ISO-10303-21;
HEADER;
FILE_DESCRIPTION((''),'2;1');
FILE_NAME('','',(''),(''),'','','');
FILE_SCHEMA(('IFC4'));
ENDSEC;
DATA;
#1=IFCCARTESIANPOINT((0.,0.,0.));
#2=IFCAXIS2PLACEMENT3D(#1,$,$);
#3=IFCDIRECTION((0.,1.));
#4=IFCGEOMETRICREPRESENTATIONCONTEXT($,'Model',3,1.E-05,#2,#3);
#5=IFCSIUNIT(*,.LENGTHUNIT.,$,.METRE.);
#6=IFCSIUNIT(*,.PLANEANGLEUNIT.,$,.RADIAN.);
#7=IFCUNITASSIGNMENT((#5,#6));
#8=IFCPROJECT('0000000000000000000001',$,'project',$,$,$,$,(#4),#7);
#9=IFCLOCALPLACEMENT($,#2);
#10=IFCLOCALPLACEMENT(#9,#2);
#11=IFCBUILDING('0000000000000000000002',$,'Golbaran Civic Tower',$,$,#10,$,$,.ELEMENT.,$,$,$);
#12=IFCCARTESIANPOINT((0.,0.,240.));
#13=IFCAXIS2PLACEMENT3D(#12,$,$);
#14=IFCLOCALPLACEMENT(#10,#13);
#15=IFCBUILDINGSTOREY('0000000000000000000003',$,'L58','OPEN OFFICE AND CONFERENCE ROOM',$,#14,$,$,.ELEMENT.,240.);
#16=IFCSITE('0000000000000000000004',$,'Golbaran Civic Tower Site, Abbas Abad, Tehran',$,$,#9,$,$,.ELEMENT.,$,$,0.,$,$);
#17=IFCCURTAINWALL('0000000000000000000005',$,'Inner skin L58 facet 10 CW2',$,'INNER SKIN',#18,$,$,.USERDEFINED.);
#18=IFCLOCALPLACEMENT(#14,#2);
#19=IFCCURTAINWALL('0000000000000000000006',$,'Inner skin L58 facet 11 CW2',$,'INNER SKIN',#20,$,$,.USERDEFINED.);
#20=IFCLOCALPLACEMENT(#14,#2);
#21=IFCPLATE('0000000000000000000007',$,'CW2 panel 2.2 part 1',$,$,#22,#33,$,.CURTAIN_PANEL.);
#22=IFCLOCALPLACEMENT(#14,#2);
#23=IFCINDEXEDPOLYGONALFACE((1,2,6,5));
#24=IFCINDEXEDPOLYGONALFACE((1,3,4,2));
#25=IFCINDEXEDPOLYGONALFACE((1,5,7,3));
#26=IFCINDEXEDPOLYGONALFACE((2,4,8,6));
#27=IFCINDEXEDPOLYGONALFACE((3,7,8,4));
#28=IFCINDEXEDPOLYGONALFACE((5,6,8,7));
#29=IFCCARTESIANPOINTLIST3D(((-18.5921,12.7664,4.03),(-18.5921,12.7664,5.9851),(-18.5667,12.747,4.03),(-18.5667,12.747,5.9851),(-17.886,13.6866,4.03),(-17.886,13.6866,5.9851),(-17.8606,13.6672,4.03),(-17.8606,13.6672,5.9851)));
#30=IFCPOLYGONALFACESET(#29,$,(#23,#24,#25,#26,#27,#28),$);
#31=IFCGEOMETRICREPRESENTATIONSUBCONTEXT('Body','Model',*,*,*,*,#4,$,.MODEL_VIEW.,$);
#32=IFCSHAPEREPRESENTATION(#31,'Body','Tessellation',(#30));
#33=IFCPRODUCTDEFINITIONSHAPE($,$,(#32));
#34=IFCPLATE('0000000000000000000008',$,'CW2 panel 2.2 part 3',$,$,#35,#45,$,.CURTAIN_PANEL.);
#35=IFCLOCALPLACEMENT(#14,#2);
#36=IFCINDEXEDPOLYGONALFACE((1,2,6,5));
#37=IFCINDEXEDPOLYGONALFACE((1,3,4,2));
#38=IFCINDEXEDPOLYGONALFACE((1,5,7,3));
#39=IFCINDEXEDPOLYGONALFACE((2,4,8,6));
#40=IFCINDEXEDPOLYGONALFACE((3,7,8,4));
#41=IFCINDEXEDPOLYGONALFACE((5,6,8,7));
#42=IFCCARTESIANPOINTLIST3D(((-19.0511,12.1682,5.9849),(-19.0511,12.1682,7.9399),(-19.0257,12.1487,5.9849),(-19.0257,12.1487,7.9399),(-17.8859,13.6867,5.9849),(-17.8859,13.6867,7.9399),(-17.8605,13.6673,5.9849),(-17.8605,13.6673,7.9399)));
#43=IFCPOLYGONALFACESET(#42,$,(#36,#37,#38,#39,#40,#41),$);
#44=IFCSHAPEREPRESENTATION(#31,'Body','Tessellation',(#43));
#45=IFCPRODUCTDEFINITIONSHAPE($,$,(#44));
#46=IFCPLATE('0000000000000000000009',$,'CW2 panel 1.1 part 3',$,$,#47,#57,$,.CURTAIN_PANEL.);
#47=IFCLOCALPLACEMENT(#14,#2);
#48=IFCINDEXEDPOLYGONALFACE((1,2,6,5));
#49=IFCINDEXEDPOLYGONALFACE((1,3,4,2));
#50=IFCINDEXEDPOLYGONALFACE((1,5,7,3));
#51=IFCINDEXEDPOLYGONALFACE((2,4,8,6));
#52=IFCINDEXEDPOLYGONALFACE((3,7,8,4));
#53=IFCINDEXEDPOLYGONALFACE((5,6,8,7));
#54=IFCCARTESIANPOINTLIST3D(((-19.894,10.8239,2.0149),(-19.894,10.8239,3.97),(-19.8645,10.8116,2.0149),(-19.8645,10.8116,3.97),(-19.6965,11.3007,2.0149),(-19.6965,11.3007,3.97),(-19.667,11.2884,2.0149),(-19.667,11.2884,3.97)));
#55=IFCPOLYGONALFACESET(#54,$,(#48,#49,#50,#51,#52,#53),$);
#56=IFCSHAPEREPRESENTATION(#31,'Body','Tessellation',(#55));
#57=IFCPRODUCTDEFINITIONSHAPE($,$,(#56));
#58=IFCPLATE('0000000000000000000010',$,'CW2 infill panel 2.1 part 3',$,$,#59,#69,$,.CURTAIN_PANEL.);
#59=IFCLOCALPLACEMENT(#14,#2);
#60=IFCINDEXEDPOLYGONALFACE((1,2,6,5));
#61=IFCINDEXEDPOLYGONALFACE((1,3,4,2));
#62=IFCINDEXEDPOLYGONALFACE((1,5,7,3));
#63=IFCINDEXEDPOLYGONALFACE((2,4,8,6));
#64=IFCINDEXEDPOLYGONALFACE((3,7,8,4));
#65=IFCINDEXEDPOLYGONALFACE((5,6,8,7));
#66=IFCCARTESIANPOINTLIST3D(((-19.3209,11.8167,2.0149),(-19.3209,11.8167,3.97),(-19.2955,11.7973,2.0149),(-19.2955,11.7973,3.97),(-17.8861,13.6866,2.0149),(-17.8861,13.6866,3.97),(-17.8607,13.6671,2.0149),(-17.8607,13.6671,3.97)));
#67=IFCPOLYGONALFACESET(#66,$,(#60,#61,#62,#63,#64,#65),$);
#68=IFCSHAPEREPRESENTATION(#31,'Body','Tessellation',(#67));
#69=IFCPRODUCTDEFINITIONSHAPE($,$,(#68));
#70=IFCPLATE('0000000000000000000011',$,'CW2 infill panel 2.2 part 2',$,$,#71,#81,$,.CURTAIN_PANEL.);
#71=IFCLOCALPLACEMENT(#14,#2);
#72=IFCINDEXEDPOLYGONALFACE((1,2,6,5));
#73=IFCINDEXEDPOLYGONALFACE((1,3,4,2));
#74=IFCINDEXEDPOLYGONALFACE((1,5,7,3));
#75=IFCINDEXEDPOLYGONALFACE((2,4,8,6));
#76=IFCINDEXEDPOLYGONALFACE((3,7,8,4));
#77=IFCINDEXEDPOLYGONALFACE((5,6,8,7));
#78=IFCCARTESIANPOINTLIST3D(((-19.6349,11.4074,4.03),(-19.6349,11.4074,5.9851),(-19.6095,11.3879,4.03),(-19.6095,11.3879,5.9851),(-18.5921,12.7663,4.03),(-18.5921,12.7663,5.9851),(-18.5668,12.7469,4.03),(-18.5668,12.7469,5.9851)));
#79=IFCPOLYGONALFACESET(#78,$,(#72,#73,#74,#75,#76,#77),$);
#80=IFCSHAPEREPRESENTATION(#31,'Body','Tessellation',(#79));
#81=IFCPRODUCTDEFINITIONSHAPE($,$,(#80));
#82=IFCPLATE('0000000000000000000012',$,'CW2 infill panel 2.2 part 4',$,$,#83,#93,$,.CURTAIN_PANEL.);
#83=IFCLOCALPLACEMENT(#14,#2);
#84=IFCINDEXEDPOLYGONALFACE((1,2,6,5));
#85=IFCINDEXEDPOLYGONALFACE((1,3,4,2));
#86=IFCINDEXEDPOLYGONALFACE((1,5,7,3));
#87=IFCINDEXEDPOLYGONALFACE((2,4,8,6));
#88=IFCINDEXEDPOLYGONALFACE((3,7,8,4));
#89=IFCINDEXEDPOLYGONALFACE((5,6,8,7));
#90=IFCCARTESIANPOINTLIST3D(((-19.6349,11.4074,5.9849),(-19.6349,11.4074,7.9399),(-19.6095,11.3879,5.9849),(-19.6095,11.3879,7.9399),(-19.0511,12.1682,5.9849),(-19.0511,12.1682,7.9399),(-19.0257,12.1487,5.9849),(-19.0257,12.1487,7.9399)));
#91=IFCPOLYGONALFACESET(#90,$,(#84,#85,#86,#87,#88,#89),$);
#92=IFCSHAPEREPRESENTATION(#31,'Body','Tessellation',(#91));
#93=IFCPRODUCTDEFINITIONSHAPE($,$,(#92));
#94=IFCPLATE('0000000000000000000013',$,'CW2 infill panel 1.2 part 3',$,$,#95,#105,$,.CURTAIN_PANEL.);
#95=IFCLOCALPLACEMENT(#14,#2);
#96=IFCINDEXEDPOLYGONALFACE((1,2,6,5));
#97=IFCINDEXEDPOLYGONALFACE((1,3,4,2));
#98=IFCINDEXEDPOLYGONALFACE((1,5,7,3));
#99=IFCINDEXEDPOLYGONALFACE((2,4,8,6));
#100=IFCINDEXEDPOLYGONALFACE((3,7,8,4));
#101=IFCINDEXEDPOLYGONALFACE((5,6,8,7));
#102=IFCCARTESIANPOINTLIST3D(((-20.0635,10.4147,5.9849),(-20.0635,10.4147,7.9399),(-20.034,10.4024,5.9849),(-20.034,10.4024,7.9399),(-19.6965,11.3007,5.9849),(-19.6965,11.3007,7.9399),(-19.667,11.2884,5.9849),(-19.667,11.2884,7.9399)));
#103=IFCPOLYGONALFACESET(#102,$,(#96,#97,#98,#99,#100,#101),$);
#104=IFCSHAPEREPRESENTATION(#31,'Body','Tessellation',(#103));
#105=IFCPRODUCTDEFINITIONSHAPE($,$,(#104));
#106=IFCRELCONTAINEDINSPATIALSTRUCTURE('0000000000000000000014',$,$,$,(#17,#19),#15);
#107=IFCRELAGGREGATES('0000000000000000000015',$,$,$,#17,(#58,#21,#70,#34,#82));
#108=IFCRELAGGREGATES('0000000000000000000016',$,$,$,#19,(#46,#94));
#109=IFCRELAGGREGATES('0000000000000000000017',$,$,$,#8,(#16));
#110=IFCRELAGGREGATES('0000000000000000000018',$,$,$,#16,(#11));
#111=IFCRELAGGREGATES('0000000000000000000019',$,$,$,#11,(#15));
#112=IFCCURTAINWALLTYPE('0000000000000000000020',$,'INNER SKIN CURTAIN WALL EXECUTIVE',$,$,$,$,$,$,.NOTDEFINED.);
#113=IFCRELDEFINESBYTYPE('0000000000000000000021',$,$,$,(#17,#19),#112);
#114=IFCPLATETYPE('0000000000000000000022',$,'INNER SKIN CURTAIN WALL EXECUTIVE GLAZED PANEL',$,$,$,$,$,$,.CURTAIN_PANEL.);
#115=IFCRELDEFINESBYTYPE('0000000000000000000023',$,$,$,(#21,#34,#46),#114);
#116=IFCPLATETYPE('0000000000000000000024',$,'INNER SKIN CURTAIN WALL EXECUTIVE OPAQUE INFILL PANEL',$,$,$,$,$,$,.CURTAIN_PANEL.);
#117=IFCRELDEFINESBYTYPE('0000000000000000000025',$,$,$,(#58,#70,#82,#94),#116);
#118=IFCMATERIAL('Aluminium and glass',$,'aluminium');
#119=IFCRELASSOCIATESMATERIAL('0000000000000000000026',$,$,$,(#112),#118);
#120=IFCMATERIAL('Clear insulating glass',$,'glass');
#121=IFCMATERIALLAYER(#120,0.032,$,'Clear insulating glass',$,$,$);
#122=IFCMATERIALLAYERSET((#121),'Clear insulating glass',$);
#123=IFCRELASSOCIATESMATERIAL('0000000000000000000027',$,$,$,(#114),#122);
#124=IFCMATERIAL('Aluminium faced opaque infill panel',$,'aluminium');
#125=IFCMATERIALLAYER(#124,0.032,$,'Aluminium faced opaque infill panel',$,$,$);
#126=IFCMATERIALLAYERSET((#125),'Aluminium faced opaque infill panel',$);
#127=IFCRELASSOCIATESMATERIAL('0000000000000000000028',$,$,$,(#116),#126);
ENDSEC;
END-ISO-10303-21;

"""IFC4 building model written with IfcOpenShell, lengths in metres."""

from ifc_helpers import new_model, si_unit, direction, frame, origin, origin_2d, place, context, subcontext, project, spatial, rectangle, extrude, material, layer, layer_set, type_object, element, aggregate, save


model = new_model("IFC4")

# Units and contexts
model_context = context("Model", 3, precision=1e-05, world=origin(), true_north=direction((0.0, 1.0)))
body_context = subcontext(model_context, "Body", "Model", "MODEL_VIEW")
ifc_project = project(units=[si_unit("LENGTHUNIT", "METRE"), si_unit("PLANEANGLEUNIT", "RADIAN")], contexts=[model_context])

# Site, building, storey
site_placement = place(None, origin())
site = spatial("IfcSite", under=ifc_project, at=site_placement, Name="Golbaran Civic Tower Site, Abbas Abad, Tehran", CompositionType="ELEMENT", RefElevation=0.0)
building_placement = place(site_placement, origin())
building = spatial("IfcBuilding", under=site, at=building_placement, Name="Golbaran Civic Tower", CompositionType="ELEMENT")
storey_placement = place(building_placement, frame((0.0, 0.0, 240.0)))
storey = spatial("IfcBuildingStorey", under=building, at=storey_placement, Name="L58", Description="OPEN OFFICE AND CONFERENCE ROOM", CompositionType="ELEMENT", Elevation=240.0)

# Curtain walls
ifc_material_1 = material(Name="Aluminium and glass", Category="aluminium")
curtain_wall_type = type_object("IfcCurtainWallType", Name="INNER SKIN CURTAIN WALL EXECUTIVE", PredefinedType="NOTDEFINED", material=ifc_material_1)
curtain_wall_1_placement = place(storey_placement, origin())
curtain_wall_1 = element("IfcCurtainWall", 1, at=curtain_wall_1_placement, inside=storey, type_object=curtain_wall_type, Name="Inner skin L58 facet 10 CW2", ObjectType="INNER SKIN", PredefinedType="USERDEFINED")
curtain_wall_2_placement = place(storey_placement, origin())
curtain_wall_2 = element("IfcCurtainWall", 2, at=curtain_wall_2_placement, inside=storey, type_object=curtain_wall_type, Name="Inner skin L58 facet 11 CW2", ObjectType="INNER SKIN", PredefinedType="USERDEFINED")

# Plates
ifc_material_2 = material(Name="Clear insulating glass", Category="glass")
ifc_layer_1 = layer(ifc_material_2, 0.032, Name="Clear insulating glass")
ifc_layer_set_1 = layer_set([ifc_layer_1], Name="Clear insulating glass")
plate_type_1 = type_object("IfcPlateType", Name="INNER SKIN CURTAIN WALL EXECUTIVE GLAZED PANEL", PredefinedType="CURTAIN_PANEL", material=ifc_layer_set_1)
plate_1_placement = place(storey_placement, frame((-18.2263, 13.2168, 4.03), z_axis=(0.0, 0.0, 1.0), x_axis=(-0.608761, -0.793353, 0.0)))
plate_1 = element("IfcPlate", 3, at=plate_1_placement, type_object=plate_type_1, Name="CW2 panel 2.2 part 1", PredefinedType="CURTAIN_PANEL", context=body_context, shape_type="SweptSolid", body=[
    extrude(rectangle(XDim=1.1599, YDim=0.032, at=origin_2d()), origin(), (0.0, 0.0, 1.0), 1.9551),
])
plate_2_placement = place(storey_placement, frame((-18.4558, 12.9177, 5.9849), z_axis=(0.0, 0.0, 1.0), x_axis=(-0.608761, -0.793353, 0.0)))
plate_2 = element("IfcPlate", 4, at=plate_2_placement, type_object=plate_type_1, Name="CW2 panel 2.2 part 3", PredefinedType="CURTAIN_PANEL", context=body_context, shape_type="SweptSolid", body=[
    extrude(rectangle(XDim=1.9141, YDim=0.032, at=origin_2d()), origin(), (0.0, 0.0, 1.0), 1.9551),
])
plate_3_placement = place(storey_placement, frame((-19.7805, 11.0562, 2.0149), z_axis=(0.0, 0.0, 1.0), x_axis=(-0.382683, -0.92388, 0.0)))
plate_3 = element("IfcPlate", 5, at=plate_3_placement, type_object=plate_type_1, Name="CW2 panel 1.1 part 3", PredefinedType="CURTAIN_PANEL", context=body_context, shape_type="SweptSolid", body=[
    extrude(rectangle(XDim=0.5161, YDim=0.032, at=origin_2d()), origin(), (0.0, 0.0, 1.0), 1.9551),
])
ifc_material_3 = material(Name="Aluminium faced opaque infill panel", Category="aluminium")
ifc_layer_2 = layer(ifc_material_3, 0.032, Name="Aluminium faced opaque infill panel")
ifc_layer_set_2 = layer_set([ifc_layer_2], Name="Aluminium faced opaque infill panel")
plate_type_2 = type_object("IfcPlateType", Name="INNER SKIN CURTAIN WALL EXECUTIVE OPAQUE INFILL PANEL", PredefinedType="CURTAIN_PANEL", material=ifc_layer_set_2)
plate_4_placement = place(storey_placement, frame((-18.5908, 12.7419, 2.0149), z_axis=(0.0, 0.0, 1.0), x_axis=(-0.608761, -0.793353, 0.0)))
plate_4 = element("IfcPlate", 6, at=plate_4_placement, type_object=plate_type_2, Name="CW2 infill panel 2.1 part 3", PredefinedType="CURTAIN_PANEL", context=body_context, shape_type="SweptSolid", body=[
    extrude(rectangle(XDim=2.3569, YDim=0.032, at=origin_2d()), origin(), (0.0, 0.0, 1.0), 1.9551),
])
plate_5_placement = place(storey_placement, frame((-19.1008, 12.0771, 4.03), z_axis=(0.0, 0.0, 1.0), x_axis=(-0.608761, -0.793353, 0.0)))
plate_5 = element("IfcPlate", 7, at=plate_5_placement, type_object=plate_type_2, Name="CW2 infill panel 2.2 part 2", PredefinedType="CURTAIN_PANEL", context=body_context, shape_type="SweptSolid", body=[
    extrude(rectangle(XDim=1.7129, YDim=0.032, at=origin_2d()), origin(), (0.0, 0.0, 1.0), 1.9551),
])
plate_6_placement = place(storey_placement, frame((-19.3303, 11.7781, 5.9849), z_axis=(0.0, 0.0, 1.0), x_axis=(-0.608761, -0.793353, 0.0)))
plate_6 = element("IfcPlate", 8, at=plate_6_placement, type_object=plate_type_2, Name="CW2 infill panel 2.2 part 4", PredefinedType="CURTAIN_PANEL", context=body_context, shape_type="SweptSolid", body=[
    extrude(rectangle(XDim=0.959, YDim=0.032, at=origin_2d()), origin(), (0.0, 0.0, 1.0), 1.9551),
])
aggregate(curtain_wall_1, [plate_4, plate_1, plate_5, plate_2, plate_6])
plate_7_placement = place(storey_placement, frame((-19.8652, 10.8516, 5.9849), z_axis=(0.0, 0.0, 1.0), x_axis=(-0.382683, -0.92388, 0.0)))
plate_7 = element("IfcPlate", 9, at=plate_7_placement, type_object=plate_type_2, Name="CW2 infill panel 1.2 part 3", PredefinedType="CURTAIN_PANEL", context=body_context, shape_type="SweptSolid", body=[
    extrude(rectangle(XDim=0.959, YDim=0.032, at=origin_2d()), origin(), (0.0, 0.0, 1.0), 1.9551),
])
aggregate(curtain_wall_2, [plate_3, plate_7])

save(model, "model.ifc")
